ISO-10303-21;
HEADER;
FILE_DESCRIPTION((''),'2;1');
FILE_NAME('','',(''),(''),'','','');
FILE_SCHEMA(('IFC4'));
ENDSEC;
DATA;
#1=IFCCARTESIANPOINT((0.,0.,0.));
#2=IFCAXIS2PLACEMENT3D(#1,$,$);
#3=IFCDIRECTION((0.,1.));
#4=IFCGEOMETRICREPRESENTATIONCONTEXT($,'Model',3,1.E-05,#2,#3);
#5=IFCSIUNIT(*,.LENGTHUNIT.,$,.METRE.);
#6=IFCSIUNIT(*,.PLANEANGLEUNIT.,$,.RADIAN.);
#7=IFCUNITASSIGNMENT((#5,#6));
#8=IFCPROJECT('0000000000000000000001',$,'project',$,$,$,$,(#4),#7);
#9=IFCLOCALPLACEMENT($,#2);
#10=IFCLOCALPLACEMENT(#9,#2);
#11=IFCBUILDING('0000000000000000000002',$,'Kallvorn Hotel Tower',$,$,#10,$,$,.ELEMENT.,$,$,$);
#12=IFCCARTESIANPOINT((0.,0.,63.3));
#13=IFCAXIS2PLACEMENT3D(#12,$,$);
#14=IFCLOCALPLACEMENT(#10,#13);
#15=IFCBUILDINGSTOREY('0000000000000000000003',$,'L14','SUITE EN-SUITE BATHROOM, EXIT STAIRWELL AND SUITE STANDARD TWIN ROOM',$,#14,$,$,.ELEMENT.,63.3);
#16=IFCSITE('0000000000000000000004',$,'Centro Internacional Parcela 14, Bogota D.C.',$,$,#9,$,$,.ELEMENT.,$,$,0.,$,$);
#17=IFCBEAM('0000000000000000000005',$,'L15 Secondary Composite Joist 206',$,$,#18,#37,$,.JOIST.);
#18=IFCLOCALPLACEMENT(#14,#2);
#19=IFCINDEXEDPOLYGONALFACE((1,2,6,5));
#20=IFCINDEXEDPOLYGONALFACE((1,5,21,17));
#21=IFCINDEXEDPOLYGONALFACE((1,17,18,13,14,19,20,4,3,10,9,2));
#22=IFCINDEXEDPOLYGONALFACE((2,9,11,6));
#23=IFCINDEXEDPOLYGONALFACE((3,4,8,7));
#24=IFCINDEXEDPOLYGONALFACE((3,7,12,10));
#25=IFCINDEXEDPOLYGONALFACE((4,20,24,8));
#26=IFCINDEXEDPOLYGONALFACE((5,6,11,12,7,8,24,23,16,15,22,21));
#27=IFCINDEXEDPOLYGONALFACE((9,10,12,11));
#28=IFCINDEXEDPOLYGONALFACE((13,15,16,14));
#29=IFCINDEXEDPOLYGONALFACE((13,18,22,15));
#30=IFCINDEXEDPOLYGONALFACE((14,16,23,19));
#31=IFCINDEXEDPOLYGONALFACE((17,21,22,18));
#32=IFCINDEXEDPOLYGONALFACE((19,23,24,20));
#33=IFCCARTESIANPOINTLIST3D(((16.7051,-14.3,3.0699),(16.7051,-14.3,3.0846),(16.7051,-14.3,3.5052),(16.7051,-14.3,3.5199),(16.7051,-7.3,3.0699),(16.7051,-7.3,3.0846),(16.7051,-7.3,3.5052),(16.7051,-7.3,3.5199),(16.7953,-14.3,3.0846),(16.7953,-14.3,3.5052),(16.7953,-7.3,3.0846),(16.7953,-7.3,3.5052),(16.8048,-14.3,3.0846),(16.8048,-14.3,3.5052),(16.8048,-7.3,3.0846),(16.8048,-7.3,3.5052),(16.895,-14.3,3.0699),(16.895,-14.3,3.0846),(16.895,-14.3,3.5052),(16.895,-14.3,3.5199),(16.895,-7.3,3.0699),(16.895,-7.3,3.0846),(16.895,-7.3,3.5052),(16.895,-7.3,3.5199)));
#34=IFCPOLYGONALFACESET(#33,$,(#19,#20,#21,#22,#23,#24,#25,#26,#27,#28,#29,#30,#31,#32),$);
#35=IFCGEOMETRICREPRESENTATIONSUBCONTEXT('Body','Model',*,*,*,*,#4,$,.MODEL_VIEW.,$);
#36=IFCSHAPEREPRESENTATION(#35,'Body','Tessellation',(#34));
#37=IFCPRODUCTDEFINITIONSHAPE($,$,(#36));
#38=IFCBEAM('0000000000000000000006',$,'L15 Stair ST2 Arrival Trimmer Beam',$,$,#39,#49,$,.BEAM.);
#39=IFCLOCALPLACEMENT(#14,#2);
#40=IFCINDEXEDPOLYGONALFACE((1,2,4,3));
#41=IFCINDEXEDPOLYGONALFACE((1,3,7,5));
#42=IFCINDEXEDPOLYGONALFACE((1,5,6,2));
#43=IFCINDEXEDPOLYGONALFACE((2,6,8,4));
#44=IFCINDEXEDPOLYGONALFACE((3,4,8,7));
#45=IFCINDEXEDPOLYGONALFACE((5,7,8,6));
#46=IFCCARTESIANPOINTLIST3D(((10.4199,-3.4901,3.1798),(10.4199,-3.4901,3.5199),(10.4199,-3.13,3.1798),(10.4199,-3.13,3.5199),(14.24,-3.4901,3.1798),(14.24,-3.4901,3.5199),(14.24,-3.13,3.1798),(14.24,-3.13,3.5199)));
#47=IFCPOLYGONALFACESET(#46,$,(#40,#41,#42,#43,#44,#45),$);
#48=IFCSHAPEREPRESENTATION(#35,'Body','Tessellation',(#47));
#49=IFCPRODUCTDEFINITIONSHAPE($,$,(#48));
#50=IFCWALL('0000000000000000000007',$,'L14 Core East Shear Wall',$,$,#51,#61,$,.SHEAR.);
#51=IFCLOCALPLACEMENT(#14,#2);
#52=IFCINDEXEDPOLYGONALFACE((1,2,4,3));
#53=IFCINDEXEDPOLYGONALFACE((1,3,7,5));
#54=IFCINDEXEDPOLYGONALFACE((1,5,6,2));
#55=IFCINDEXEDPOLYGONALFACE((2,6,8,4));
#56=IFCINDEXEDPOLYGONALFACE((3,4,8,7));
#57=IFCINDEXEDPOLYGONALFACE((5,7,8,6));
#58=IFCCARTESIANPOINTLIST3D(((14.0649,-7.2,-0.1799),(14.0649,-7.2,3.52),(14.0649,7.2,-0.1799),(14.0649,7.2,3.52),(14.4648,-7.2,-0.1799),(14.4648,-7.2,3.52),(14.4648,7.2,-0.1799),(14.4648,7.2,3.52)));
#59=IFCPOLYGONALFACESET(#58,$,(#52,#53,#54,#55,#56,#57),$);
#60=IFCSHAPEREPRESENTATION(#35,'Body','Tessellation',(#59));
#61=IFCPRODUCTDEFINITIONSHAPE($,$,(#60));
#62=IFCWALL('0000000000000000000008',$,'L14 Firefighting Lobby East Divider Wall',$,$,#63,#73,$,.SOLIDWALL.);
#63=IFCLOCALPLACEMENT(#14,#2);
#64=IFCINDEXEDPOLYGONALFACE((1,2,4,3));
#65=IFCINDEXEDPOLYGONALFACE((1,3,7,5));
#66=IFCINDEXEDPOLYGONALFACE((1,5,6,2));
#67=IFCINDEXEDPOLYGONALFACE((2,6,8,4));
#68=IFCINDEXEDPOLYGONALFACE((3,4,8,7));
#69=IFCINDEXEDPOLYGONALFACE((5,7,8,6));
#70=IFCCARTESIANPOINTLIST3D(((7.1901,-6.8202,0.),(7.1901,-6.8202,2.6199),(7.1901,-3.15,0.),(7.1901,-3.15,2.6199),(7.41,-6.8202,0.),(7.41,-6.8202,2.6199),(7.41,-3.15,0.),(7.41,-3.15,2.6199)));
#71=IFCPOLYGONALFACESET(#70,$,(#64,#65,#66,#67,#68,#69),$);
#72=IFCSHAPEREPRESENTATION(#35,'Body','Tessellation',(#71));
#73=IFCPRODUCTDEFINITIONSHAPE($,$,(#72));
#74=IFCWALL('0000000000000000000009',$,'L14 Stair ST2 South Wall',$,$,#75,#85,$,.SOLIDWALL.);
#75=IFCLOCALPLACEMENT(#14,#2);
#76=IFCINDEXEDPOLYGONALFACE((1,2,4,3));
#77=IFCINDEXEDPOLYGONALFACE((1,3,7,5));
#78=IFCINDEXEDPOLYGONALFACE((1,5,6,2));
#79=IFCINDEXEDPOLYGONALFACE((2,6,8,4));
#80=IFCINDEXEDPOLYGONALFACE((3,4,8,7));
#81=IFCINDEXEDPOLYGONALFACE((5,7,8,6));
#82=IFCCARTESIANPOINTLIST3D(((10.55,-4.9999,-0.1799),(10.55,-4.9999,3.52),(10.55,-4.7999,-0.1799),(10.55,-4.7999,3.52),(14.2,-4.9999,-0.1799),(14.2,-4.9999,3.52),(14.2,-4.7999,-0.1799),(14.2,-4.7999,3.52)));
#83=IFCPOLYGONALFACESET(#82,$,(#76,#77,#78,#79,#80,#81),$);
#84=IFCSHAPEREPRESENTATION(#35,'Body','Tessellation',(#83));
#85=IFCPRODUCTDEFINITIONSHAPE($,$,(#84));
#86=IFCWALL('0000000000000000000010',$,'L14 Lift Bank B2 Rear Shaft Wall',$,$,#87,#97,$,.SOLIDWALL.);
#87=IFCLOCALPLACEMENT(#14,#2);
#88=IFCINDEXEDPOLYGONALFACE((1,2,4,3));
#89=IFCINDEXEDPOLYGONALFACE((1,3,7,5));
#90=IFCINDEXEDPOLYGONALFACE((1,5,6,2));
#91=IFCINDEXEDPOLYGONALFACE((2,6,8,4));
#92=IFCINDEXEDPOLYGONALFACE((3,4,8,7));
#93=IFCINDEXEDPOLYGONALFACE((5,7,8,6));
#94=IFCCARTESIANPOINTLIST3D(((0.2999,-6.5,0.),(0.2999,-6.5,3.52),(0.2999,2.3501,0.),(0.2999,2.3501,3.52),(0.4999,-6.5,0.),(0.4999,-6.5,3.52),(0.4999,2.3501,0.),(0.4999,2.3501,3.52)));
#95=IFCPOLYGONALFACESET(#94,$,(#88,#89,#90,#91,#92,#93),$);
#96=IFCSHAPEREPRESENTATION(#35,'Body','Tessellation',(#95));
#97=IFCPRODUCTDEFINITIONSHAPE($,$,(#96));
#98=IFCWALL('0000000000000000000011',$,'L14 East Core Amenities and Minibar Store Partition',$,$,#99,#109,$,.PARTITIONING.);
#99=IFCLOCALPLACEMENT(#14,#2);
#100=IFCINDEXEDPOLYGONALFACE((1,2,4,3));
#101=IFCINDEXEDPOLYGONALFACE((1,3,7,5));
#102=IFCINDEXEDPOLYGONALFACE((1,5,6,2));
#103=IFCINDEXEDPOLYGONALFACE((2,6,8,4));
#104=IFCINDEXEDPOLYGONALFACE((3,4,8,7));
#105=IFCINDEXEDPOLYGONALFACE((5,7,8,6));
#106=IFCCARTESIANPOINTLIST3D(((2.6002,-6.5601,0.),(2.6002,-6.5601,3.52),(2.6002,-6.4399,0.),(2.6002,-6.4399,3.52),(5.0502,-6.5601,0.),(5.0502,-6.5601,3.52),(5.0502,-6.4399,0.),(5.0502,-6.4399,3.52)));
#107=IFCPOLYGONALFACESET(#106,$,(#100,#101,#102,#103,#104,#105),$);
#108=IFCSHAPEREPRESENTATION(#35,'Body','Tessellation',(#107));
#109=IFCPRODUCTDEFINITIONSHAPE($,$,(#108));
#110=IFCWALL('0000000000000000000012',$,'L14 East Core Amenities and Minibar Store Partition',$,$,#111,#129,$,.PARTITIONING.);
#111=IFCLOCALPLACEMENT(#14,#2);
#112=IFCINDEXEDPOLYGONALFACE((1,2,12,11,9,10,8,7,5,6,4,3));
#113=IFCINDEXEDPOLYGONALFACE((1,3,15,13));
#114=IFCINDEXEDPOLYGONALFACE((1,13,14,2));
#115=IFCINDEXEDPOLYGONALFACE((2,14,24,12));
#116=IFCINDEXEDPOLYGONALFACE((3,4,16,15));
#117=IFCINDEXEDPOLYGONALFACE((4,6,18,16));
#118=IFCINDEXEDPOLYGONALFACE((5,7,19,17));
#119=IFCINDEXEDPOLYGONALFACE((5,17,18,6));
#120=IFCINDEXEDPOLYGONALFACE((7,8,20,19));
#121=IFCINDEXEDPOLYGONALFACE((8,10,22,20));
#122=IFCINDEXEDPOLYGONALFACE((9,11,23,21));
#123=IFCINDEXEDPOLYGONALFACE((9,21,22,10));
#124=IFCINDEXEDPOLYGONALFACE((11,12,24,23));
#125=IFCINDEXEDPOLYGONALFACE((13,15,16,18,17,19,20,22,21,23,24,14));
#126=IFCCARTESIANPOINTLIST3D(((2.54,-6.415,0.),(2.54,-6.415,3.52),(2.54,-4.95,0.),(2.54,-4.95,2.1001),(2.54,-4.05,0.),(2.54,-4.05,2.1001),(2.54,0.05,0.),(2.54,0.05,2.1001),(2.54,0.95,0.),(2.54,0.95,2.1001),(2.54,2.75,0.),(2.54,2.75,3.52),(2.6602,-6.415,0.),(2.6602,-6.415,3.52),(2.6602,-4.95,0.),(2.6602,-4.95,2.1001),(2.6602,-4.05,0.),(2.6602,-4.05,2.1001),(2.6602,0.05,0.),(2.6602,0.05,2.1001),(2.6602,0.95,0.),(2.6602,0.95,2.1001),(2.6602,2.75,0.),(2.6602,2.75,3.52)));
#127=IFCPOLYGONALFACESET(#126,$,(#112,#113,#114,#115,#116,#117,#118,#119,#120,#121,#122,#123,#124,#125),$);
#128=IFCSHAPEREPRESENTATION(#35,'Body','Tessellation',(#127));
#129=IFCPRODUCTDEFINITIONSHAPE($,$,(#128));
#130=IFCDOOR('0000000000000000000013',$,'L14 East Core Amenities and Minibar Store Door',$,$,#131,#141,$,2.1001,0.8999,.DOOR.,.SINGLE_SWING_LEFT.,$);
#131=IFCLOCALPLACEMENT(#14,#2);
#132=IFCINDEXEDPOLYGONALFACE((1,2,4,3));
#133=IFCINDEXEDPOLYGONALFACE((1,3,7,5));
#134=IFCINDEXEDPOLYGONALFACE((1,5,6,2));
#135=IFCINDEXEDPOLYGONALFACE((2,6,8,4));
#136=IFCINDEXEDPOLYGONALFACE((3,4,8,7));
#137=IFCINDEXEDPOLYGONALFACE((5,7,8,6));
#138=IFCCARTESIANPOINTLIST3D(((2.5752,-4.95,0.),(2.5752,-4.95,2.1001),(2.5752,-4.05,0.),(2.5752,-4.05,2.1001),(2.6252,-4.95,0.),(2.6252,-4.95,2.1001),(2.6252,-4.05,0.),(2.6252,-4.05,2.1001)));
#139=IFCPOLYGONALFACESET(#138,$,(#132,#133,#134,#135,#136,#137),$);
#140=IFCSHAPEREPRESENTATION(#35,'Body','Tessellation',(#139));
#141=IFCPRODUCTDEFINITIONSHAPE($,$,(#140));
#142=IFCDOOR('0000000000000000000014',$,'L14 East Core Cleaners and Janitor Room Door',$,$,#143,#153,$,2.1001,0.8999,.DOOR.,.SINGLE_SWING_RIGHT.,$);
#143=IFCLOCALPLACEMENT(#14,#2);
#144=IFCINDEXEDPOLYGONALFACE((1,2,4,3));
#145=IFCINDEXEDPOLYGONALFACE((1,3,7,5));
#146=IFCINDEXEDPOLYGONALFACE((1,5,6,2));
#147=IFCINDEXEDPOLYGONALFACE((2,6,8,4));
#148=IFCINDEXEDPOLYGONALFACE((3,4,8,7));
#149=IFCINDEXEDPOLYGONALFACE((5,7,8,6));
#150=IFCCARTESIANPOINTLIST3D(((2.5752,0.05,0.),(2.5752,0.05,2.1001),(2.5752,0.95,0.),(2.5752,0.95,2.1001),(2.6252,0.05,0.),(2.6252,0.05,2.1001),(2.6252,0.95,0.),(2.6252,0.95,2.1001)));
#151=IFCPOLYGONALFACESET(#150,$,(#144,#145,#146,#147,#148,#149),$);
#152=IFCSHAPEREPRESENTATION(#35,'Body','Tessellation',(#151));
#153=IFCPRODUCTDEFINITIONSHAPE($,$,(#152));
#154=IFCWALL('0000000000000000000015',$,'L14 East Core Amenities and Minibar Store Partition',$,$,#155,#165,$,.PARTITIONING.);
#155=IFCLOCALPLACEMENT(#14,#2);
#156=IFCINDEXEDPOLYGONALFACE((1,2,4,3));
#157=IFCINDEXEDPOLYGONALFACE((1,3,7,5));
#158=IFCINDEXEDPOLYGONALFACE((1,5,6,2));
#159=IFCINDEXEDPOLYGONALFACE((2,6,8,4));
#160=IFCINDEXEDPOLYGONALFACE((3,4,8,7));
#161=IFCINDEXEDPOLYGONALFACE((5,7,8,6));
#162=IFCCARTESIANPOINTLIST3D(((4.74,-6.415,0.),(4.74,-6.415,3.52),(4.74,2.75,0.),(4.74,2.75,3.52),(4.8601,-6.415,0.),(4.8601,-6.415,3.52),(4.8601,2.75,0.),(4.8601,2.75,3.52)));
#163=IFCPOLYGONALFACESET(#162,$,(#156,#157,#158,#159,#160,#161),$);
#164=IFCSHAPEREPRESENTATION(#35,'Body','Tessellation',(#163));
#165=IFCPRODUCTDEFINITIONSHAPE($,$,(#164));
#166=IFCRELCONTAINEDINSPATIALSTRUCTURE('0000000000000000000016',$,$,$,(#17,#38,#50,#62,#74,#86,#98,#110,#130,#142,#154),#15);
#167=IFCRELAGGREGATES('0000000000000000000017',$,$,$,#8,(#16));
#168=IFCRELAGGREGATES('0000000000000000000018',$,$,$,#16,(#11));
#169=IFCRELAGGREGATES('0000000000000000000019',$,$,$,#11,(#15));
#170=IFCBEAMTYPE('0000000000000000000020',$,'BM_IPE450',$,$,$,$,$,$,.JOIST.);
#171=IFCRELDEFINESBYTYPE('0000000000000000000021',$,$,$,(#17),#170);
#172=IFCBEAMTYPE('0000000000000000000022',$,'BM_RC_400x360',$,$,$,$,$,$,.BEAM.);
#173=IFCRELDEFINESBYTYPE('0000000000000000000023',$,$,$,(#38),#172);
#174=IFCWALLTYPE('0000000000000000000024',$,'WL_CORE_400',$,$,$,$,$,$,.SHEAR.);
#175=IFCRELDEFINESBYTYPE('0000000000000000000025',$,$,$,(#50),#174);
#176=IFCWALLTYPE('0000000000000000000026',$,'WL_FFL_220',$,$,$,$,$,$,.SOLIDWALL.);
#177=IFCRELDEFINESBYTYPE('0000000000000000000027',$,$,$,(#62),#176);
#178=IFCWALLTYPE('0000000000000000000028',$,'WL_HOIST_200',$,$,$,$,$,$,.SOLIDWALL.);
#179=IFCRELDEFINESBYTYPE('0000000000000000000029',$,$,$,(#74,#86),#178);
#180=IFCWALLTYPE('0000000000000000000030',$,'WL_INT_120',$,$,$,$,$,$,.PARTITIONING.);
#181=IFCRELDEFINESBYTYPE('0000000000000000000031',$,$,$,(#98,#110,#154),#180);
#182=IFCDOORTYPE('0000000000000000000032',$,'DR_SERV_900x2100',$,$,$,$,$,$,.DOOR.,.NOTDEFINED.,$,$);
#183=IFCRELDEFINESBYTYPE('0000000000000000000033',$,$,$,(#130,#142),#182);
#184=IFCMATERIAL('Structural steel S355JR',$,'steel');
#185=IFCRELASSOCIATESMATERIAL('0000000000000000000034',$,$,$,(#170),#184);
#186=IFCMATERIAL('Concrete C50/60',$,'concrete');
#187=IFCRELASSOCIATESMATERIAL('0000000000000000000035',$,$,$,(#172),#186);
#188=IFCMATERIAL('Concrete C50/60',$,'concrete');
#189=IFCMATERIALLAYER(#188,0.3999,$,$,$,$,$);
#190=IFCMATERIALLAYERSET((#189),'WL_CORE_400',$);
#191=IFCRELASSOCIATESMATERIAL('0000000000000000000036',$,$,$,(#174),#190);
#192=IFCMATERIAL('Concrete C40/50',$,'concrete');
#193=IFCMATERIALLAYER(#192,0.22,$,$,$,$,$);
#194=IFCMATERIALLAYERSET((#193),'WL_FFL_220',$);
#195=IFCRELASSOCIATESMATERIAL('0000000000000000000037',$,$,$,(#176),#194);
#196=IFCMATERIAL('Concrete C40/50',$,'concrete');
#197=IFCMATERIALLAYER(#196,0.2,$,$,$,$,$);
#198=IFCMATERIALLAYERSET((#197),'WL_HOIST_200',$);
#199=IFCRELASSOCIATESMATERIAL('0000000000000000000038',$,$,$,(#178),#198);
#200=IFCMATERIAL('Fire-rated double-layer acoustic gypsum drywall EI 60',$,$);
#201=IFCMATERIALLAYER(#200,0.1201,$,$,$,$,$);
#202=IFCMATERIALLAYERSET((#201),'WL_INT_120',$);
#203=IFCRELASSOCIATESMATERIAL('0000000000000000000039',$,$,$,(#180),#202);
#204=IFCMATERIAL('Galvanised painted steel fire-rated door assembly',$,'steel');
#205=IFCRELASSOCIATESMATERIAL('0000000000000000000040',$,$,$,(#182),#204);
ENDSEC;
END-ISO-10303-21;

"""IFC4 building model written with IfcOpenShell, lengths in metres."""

from ifc_helpers import new_model, si_unit, direction, frame, frame_2d, origin, origin_2d, place, context, subcontext, project, spatial, rectangle, i_section, extrude, material, layer, layer_set, material_profile, profile_set, type_object, element, fill, save


model = new_model("IFC4")

# Units and contexts
model_context = context("Model", 3, precision=1e-05, world=origin(), true_north=direction((0.0, 1.0)))
body_context = subcontext(model_context, "Body", "Model", "MODEL_VIEW")
ifc_project = project(units=[si_unit("LENGTHUNIT", "METRE"), si_unit("PLANEANGLEUNIT", "RADIAN")], contexts=[model_context])

# Site, building, storey
site_placement = place(None, origin())
site = spatial("IfcSite", under=ifc_project, at=site_placement, Name="Centro Internacional Parcela 14, Bogota D.C.", CompositionType="ELEMENT", RefElevation=0.0)
building_placement = place(site_placement, origin())
building = spatial("IfcBuilding", under=site, at=building_placement, Name="Kallvorn Hotel Tower", CompositionType="ELEMENT")
storey_placement = place(building_placement, frame((0.0, 0.0, 63.3)))
storey = spatial("IfcBuildingStorey", under=building, at=storey_placement, Name="L14", Description="SUITE EN-SUITE BATHROOM, EXIT STAIRWELL AND SUITE STANDARD TWIN ROOM", CompositionType="ELEMENT", Elevation=63.3)

# Beams
ifc_material_1 = material(Name="Structural steel S355JR", Category="steel")
ifc_material_profile_1 = material_profile(ifc_material_1, i_section(OverallWidth=0.1899, OverallDepth=0.45, WebThickness=0.0095, FlangeThickness=0.0146, at=origin_2d()), Name="IPE 450")
ifc_profile_set_1 = profile_set([ifc_material_profile_1], Name="Structural steel S355JR")
beam_type_1 = type_object("IfcBeamType", Name="BM_IPE450", PredefinedType="JOIST", material=ifc_profile_set_1)
for number, where, z_axis, x_axis, name in (
    (1, (16.8, -14.3, 3.2949), (0.0, 1.0, 0.0), (-1.0, 0.0, 0.0), "L15 Secondary Composite Joist 206"),
):
    element("IfcBeam", number, at=place(storey_placement, frame(where, z_axis=z_axis, x_axis=x_axis)), inside=storey, type_object=beam_type_1, Name=name, PredefinedType="JOIST", context=body_context, shape_type="SweptSolid", body=[
        extrude(i_section(OverallWidth=0.1899, OverallDepth=0.45, WebThickness=0.0095, FlangeThickness=0.0146, at=origin_2d()), origin(), (0.0, 0.0, 1.0), 7.0),
    ])
ifc_material_2 = material(Name="Concrete C50/60", Category="concrete")
ifc_material_profile_2 = material_profile(ifc_material_2, rectangle(XDim=0.3601, YDim=0.3401, at=origin_2d()), Name="RC 360x340")
ifc_profile_set_2 = profile_set([ifc_material_profile_2], Name="Concrete C50/60")
beam_type_2 = type_object("IfcBeamType", Name="BM_RC_400x360", PredefinedType="BEAM", material=ifc_profile_set_2)
beam_1_placement = place(storey_placement, frame((14.24, -3.3101, 3.3499), z_axis=(-1.0, 0.0, 0.0), x_axis=(0.0, -1.0, 0.0)))
element("IfcBeam", 2, at=beam_1_placement, inside=storey, type_object=beam_type_2, Name="L15 Stair ST2 Arrival Trimmer Beam", PredefinedType="BEAM", context=body_context, shape_type="SweptSolid", body=[
    extrude(rectangle(XDim=0.3601, YDim=0.3401, at=origin_2d()), origin(), (0.0, 0.0, 1.0), 3.8201),
])

# Walls
ifc_material_3 = material(Name="Concrete C50/60", Category="concrete")
ifc_layer_1 = layer(ifc_material_3, 0.3999)
ifc_layer_set_1 = layer_set([ifc_layer_1], Name="WL_CORE_400")
wall_type_1 = type_object("IfcWallType", Name="WL_CORE_400", PredefinedType="SHEAR", material=ifc_layer_set_1)
wall_1_placement = place(storey_placement, frame((14.2649, -7.2, -0.1799), z_axis=(0.0, 0.0, 1.0), x_axis=(0.0, 1.0, 0.0)))
element("IfcWall", 3, at=wall_1_placement, inside=storey, type_object=wall_type_1, Name="L14 Core East Shear Wall", PredefinedType="SHEAR", context=body_context, shape_type="SweptSolid", body=[
    extrude(rectangle(XDim=14.3999, YDim=0.3999, at=frame_2d((7.2, 0.0))), origin(), (0.0, 0.0, 1.0), 3.7),
])
ifc_material_4 = material(Name="Concrete C40/50", Category="concrete")
ifc_layer_2 = layer(ifc_material_4, 0.22)
ifc_layer_set_2 = layer_set([ifc_layer_2], Name="WL_FFL_220")
wall_type_2 = type_object("IfcWallType", Name="WL_FFL_220", PredefinedType="SOLIDWALL", material=ifc_layer_set_2)
wall_2_placement = place(storey_placement, frame((7.3, -6.8201, 0.0), z_axis=(0.0, 0.0, 1.0), x_axis=(0.0, 1.0, 0.0)))
element("IfcWall", 4, at=wall_2_placement, inside=storey, type_object=wall_type_2, Name="L14 Firefighting Lobby East Divider Wall", PredefinedType="SOLIDWALL", context=body_context, shape_type="SweptSolid", body=[
    extrude(rectangle(XDim=3.6702, YDim=0.22, at=frame_2d((1.835, 0.0))), origin(), (0.0, 0.0, 1.0), 2.6199),
])
ifc_material_5 = material(Name="Concrete C40/50", Category="concrete")
ifc_layer_3 = layer(ifc_material_5, 0.2)
ifc_layer_set_3 = layer_set([ifc_layer_3], Name="WL_HOIST_200")
wall_type_3 = type_object("IfcWallType", Name="WL_HOIST_200", PredefinedType="SOLIDWALL", material=ifc_layer_set_3)
wall_3_placement = place(storey_placement, frame((10.55, -4.8999, -0.1799), z_axis=(0.0, 0.0, 1.0), x_axis=(1.0, 0.0, 0.0)))
element("IfcWall", 5, at=wall_3_placement, inside=storey, type_object=wall_type_3, Name="L14 Stair ST2 South Wall", PredefinedType="SOLIDWALL", context=body_context, shape_type="SweptSolid", body=[
    extrude(rectangle(XDim=3.6499, YDim=0.2, at=frame_2d((1.825, 0.0))), origin(), (0.0, 0.0, 1.0), 3.7),
])
wall_4_placement = place(storey_placement, frame((0.3999, -6.5, 0.0), z_axis=(0.0, 0.0, 1.0), x_axis=(0.0, 1.0, 0.0)))
element("IfcWall", 6, at=wall_4_placement, inside=storey, type_object=wall_type_3, Name="L14 Lift Bank B2 Rear Shaft Wall", PredefinedType="SOLIDWALL", context=body_context, shape_type="SweptSolid", body=[
    extrude(rectangle(XDim=8.8501, YDim=0.2, at=frame_2d((4.425, 0.0))), origin(), (0.0, 0.0, 1.0), 3.52),
])
ifc_material_6 = material(Name="Fire-rated double-layer acoustic gypsum drywall EI 60")
ifc_layer_4 = layer(ifc_material_6, 0.1201)
ifc_layer_set_4 = layer_set([ifc_layer_4], Name="WL_INT_120")
wall_type_4 = type_object("IfcWallType", Name="WL_INT_120", PredefinedType="PARTITIONING", material=ifc_layer_set_4)
wall_5_placement = place(storey_placement, frame((2.6001, -6.5, 0.0), z_axis=(0.0, 0.0, 1.0), x_axis=(1.0, 0.0, 0.0)))
element("IfcWall", 7, at=wall_5_placement, inside=storey, type_object=wall_type_4, Name="L14 East Core Amenities and Minibar Store Partition", PredefinedType="PARTITIONING", context=body_context, shape_type="SweptSolid", body=[
    extrude(rectangle(XDim=2.45, YDim=0.1201, at=frame_2d((1.2251, 0.0))), origin(), (0.0, 0.0, 1.0), 3.52),
])

# Wall, openings, doors
wall_6_placement = place(storey_placement, frame((2.6001, -6.415, 0.0), z_axis=(0.0, 0.0, 1.0), x_axis=(0.0, 1.0, 0.0)))
wall_6 = element("IfcWall", 8, at=wall_6_placement, inside=storey, type_object=wall_type_4, Name="L14 East Core Amenities and Minibar Store Partition", PredefinedType="PARTITIONING", context=body_context, shape_type="SweptSolid", body=[
    extrude(rectangle(XDim=9.165, YDim=0.1201, at=frame_2d((4.5825, 0.0))), origin(), (0.0, 0.0, 1.0), 3.52),
])
opening_1_placement = place(wall_6_placement, frame((1.4651, 0.0, 0.0)))
opening_1 = element("IfcOpeningElement", 9, at=opening_1_placement, cuts=wall_6, PredefinedType="OPENING", context=body_context, shape_type="SweptSolid", body=[
    extrude(rectangle(XDim=0.8999, YDim=2.1001, at=frame_2d((0.45, 1.05))), frame((0.0, 0.075, 0.0), z_axis=(0.0, -1.0, 0.0), x_axis=(1.0, 0.0, 0.0)), (0.0, 0.0, 1.0), 0.1501),
])
opening_2_placement = place(wall_6_placement, frame((6.4651, 0.0, 0.0)))
opening_2 = element("IfcOpeningElement", 10, at=opening_2_placement, cuts=wall_6, PredefinedType="OPENING", context=body_context, shape_type="SweptSolid", body=[
    extrude(rectangle(XDim=0.8999, YDim=2.1001, at=frame_2d((0.45, 1.05))), frame((0.0, 0.075, 0.0), z_axis=(0.0, -1.0, 0.0), x_axis=(1.0, 0.0, 0.0)), (0.0, 0.0, 1.0), 0.1501),
])
ifc_material_7 = material(Name="Galvanised painted steel fire-rated door assembly", Category="steel")
door_type_1 = type_object("IfcDoorType", Name="DR_SERV_900x2100", OperationType="NOTDEFINED", PredefinedType="DOOR", material=ifc_material_7)
door_1_placement = place(opening_1_placement, origin())
door_1 = element("IfcDoor", 11, at=door_1_placement, inside=storey, type_object=door_type_1, Name="L14 East Core Amenities and Minibar Store Door", OperationType="SINGLE_SWING_LEFT", OverallHeight=2.1001, OverallWidth=0.8999, PredefinedType="DOOR", context=body_context, shape_type="SweptSolid", body=[
    extrude(rectangle(XDim=0.8999, YDim=2.1001, at=frame_2d((0.45, 1.05))), frame((0.0, 0.0249, 0.0), z_axis=(0.0, -1.0, 0.0), x_axis=(1.0, 0.0, 0.0)), (0.0, 0.0, 1.0), 0.05),
])
fill(opening_1, door_1)
door_2_placement = place(opening_2_placement, origin())
door_2 = element("IfcDoor", 12, at=door_2_placement, inside=storey, type_object=door_type_1, Name="L14 East Core Cleaners and Janitor Room Door", OperationType="SINGLE_SWING_RIGHT", OverallHeight=2.1001, OverallWidth=0.8999, PredefinedType="DOOR", context=body_context, shape_type="SweptSolid", body=[
    extrude(rectangle(XDim=0.8999, YDim=2.1001, at=frame_2d((0.45, 1.05))), frame((0.0, 0.0249, 0.0), z_axis=(0.0, -1.0, 0.0), x_axis=(1.0, 0.0, 0.0)), (0.0, 0.0, 1.0), 0.05),
])
fill(opening_2, door_2)

# Wall
wall_7_placement = place(storey_placement, frame((4.8, -6.415, 0.0), z_axis=(0.0, 0.0, 1.0), x_axis=(0.0, 1.0, 0.0)))
element("IfcWall", 13, at=wall_7_placement, inside=storey, type_object=wall_type_4, Name="L14 East Core Amenities and Minibar Store Partition", PredefinedType="PARTITIONING", context=body_context, shape_type="SweptSolid", body=[
    extrude(rectangle(XDim=9.165, YDim=0.1201, at=frame_2d((4.5825, 0.0))), origin(), (0.0, 0.0, 1.0), 3.52),
])

save(model, "model.ifc")
